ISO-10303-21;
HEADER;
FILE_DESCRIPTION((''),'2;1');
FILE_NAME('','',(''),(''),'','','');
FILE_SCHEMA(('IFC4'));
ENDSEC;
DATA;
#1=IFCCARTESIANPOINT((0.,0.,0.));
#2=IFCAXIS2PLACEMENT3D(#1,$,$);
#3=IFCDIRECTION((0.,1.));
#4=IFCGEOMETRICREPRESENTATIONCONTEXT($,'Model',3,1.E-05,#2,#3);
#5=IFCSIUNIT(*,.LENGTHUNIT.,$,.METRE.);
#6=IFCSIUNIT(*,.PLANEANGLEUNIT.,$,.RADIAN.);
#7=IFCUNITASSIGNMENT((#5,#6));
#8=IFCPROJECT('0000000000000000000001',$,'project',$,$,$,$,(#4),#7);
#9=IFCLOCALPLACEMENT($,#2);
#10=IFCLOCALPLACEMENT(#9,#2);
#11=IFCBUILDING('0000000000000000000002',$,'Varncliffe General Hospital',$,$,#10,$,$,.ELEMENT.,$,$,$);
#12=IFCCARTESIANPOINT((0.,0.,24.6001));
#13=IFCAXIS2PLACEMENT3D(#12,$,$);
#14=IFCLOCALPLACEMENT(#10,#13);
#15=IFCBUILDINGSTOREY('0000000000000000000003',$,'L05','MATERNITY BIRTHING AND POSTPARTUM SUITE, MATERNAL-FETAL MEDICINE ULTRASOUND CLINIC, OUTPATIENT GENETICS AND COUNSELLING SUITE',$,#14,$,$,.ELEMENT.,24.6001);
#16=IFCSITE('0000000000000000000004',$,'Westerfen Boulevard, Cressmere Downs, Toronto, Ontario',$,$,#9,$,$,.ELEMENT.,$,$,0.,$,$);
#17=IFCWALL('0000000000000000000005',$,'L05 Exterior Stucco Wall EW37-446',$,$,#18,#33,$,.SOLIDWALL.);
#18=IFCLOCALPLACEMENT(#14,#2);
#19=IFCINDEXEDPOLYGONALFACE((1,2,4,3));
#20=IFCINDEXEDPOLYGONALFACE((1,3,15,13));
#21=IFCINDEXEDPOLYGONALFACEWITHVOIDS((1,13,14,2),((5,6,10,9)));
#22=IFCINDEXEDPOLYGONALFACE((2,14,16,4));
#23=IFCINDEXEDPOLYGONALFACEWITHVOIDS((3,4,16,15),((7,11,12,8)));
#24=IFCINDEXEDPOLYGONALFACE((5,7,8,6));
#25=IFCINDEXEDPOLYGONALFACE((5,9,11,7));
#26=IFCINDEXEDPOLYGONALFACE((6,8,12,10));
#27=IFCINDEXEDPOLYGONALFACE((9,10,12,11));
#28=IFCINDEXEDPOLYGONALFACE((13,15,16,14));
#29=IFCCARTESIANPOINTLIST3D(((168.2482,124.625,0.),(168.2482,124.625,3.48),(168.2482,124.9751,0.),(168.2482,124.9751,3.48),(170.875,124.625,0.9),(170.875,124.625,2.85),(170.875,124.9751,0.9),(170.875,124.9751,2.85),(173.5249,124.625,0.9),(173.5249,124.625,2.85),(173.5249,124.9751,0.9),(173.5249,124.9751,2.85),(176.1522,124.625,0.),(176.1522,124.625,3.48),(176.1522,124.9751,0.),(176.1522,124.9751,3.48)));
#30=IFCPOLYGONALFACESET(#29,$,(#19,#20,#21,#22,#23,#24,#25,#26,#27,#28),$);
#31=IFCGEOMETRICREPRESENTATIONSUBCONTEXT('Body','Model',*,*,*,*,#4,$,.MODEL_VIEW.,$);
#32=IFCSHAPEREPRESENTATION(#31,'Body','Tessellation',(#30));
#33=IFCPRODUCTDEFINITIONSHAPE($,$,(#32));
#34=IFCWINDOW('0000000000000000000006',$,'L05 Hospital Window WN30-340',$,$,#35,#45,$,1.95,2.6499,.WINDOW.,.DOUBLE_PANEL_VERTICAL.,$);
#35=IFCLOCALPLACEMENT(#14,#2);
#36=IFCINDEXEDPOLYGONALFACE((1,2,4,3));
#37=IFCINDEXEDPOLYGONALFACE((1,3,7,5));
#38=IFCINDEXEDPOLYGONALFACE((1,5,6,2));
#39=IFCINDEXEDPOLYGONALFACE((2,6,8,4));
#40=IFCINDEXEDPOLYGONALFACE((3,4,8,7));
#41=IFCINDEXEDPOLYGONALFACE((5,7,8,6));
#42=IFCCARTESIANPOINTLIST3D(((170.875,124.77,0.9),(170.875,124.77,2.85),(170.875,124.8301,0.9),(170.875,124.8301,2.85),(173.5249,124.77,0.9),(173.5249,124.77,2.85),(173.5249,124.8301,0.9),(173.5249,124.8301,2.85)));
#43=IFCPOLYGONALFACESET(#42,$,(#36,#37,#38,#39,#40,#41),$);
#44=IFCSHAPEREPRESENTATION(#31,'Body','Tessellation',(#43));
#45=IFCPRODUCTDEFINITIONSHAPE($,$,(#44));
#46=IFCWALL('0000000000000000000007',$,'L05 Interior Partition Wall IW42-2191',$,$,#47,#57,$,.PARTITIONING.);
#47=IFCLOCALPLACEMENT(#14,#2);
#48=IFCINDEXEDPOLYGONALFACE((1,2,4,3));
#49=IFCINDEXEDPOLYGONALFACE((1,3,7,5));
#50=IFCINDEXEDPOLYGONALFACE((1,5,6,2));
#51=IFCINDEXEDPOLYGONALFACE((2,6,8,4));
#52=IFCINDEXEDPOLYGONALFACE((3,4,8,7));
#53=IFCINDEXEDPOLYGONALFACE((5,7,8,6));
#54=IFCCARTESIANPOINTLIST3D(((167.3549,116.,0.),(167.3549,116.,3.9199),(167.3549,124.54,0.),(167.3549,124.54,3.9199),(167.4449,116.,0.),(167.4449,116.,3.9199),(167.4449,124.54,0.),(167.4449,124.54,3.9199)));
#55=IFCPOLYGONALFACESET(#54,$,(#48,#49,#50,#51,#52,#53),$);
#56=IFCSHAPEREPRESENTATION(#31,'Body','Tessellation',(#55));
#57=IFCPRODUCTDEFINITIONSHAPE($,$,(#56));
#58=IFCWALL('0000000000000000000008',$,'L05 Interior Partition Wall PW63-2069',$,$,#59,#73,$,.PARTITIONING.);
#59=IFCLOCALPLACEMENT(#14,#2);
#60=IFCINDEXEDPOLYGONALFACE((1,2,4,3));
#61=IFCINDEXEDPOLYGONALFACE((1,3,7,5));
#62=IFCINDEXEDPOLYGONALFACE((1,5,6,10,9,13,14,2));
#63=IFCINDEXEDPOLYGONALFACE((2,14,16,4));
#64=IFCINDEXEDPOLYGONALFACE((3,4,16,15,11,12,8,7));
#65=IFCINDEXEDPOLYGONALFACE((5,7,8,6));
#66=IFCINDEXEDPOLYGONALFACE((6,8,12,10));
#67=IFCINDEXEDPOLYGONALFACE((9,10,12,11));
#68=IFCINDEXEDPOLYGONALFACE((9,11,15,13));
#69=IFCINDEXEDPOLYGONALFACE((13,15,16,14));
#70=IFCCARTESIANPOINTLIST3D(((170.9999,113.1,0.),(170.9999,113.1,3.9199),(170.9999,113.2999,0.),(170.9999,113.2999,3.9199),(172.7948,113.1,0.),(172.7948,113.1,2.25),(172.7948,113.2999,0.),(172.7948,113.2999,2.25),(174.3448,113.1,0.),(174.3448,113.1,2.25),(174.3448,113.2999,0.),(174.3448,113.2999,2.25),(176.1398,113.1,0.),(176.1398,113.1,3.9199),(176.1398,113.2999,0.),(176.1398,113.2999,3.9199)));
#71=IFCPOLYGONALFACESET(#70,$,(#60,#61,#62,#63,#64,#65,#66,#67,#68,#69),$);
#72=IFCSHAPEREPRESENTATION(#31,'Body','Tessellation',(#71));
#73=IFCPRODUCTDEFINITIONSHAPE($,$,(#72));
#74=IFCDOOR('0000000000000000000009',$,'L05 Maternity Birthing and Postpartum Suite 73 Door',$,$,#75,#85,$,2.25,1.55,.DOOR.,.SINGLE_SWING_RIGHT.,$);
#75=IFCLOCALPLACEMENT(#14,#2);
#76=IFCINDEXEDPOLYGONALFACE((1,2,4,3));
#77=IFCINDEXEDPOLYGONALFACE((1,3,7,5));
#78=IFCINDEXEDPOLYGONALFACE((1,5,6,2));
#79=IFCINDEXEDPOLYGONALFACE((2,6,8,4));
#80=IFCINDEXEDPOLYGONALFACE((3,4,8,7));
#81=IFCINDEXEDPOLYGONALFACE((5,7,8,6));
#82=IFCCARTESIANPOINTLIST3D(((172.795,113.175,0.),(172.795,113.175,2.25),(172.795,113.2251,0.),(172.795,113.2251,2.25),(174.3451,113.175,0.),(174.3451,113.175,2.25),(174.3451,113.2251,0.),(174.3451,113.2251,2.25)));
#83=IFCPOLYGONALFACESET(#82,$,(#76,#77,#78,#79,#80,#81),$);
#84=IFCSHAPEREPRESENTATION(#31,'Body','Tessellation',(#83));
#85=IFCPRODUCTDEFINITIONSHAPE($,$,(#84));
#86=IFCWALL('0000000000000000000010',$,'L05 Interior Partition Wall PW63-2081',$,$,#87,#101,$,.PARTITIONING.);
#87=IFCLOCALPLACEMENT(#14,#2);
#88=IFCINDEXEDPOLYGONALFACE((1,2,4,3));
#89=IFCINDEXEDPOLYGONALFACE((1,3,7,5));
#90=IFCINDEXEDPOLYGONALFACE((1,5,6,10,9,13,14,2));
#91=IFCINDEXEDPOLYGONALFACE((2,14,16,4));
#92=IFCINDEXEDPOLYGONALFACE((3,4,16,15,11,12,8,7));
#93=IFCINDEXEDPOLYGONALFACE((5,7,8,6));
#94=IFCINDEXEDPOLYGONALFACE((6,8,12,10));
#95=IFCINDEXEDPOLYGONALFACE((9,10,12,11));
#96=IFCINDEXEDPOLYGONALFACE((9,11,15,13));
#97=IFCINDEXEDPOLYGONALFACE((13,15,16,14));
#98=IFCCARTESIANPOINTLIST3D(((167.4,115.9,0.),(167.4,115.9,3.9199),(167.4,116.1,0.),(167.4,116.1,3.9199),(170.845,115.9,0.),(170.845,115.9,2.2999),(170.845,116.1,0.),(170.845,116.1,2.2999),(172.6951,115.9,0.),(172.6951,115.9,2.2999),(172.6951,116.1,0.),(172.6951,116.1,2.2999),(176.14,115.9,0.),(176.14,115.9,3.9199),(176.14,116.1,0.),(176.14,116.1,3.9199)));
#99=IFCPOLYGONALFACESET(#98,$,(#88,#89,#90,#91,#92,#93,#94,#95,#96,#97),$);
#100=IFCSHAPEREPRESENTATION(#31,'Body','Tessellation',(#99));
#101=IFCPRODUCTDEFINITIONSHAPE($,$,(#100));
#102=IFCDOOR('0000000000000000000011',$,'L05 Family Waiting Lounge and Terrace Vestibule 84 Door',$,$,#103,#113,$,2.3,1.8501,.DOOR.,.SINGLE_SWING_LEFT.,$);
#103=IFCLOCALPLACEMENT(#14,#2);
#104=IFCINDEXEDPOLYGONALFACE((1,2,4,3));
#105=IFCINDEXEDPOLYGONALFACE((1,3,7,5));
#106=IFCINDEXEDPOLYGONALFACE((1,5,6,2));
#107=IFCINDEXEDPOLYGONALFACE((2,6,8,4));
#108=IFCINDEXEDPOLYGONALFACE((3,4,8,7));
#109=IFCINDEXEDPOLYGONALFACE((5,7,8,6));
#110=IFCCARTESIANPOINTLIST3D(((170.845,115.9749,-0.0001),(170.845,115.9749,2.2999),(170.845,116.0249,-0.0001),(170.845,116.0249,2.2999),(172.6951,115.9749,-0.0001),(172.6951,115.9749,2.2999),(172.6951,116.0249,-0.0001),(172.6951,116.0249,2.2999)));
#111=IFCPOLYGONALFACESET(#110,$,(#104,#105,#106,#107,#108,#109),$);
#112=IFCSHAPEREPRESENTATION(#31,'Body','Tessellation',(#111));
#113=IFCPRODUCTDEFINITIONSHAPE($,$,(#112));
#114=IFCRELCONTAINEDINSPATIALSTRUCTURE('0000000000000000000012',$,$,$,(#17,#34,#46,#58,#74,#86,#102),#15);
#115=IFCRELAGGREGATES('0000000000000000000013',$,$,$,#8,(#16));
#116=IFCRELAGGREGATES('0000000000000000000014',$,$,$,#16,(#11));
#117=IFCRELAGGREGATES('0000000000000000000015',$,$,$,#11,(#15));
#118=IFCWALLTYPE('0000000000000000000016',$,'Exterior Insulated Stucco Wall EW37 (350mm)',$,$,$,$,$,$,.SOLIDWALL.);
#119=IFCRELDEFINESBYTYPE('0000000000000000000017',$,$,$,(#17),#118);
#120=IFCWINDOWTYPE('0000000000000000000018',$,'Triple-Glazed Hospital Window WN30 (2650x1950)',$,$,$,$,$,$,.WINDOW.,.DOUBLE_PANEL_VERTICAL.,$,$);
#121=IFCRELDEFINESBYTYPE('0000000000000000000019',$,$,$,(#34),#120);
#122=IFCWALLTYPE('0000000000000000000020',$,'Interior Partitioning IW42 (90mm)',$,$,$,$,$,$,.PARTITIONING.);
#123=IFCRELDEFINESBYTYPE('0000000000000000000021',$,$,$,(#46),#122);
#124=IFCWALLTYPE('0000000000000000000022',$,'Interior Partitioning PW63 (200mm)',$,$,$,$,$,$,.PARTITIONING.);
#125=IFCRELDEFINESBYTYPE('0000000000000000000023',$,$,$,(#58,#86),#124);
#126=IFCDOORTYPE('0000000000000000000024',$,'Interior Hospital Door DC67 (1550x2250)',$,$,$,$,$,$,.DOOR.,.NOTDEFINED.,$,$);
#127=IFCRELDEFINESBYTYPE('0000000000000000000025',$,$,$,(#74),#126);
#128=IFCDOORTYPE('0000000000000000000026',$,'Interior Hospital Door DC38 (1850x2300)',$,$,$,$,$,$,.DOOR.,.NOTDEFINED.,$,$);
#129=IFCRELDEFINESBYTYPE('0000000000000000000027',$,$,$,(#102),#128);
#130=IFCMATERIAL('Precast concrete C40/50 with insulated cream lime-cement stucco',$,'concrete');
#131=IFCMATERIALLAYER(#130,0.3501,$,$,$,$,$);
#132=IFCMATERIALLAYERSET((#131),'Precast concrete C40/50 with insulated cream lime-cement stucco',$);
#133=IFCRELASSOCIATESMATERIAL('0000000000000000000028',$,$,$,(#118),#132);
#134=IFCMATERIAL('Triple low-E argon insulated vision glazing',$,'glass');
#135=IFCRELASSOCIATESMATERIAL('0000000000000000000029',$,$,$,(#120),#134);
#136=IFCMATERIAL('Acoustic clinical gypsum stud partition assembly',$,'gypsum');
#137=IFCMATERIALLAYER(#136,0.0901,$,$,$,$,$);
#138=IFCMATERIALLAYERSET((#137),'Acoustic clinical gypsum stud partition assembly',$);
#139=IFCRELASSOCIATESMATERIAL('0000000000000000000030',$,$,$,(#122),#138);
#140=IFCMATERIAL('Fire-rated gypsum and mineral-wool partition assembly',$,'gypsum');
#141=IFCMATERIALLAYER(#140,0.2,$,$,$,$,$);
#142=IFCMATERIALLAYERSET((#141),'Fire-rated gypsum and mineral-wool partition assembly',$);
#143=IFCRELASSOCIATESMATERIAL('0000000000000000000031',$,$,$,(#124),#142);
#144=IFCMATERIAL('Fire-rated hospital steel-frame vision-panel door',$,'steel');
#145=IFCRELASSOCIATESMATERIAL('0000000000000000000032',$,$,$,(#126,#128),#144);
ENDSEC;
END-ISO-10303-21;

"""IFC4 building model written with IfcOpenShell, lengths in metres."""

from ifc_helpers import new_model, si_unit, direction, frame, frame_2d, origin, place, context, subcontext, project, spatial, rectangle, extrude, material, layer, layer_set, type_object, element, fill, save


model = new_model("IFC4")

# Units and contexts
model_context = context("Model", 3, precision=1e-05, world=origin(), true_north=direction((0.0, 1.0)))
body_context = subcontext(model_context, "Body", "Model", "MODEL_VIEW")
ifc_project = project(units=[si_unit("LENGTHUNIT", "METRE"), si_unit("PLANEANGLEUNIT", "RADIAN")], contexts=[model_context])

# Site, building, storey
site_placement = place(None, origin())
site = spatial("IfcSite", under=ifc_project, at=site_placement, Name="Westerfen Boulevard, Cressmere Downs, Toronto, Ontario", CompositionType="ELEMENT", RefElevation=0.0)
building_placement = place(site_placement, origin())
building = spatial("IfcBuilding", under=site, at=building_placement, Name="Varncliffe General Hospital", CompositionType="ELEMENT")
storey_placement = place(building_placement, frame((0.0, 0.0, 24.6001)))
storey = spatial("IfcBuildingStorey", under=building, at=storey_placement, Name="L05", Description="MATERNITY BIRTHING AND POSTPARTUM SUITE, MATERNAL-FETAL MEDICINE ULTRASOUND CLINIC, OUTPATIENT GENETICS AND COUNSELLING SUITE", CompositionType="ELEMENT", Elevation=24.6001)

# Wall, opening, window
ifc_material_1 = material(Name="Precast concrete C40/50 with insulated cream lime-cement stucco", Category="concrete")
ifc_material_2 = material(Name="Triple low-E argon insulated vision glazing", Category="glass")
ifc_layer_1 = layer(ifc_material_1, 0.3501)
ifc_layer_set_1 = layer_set([ifc_layer_1], Name="Precast concrete C40/50 with insulated cream lime-cement stucco")
wall_type_1 = type_object("IfcWallType", Name="Exterior Insulated Stucco Wall EW37 (350mm)", PredefinedType="SOLIDWALL", material=ifc_layer_set_1)
wall_1_placement = place(storey_placement, frame((168.248, 124.8, 0.0), z_axis=(0.0, 0.0, 1.0), x_axis=(1.0, 0.0, 0.0)))
wall_1 = element("IfcWall", 1, at=wall_1_placement, inside=storey, type_object=wall_type_1, Name="L05 Exterior Stucco Wall EW37-446", PredefinedType="SOLIDWALL", context=body_context, shape_type="SweptSolid", body=[
    extrude(rectangle(XDim=7.9041, YDim=0.3501, at=frame_2d((3.9521, 0.0))), origin(), (0.0, 0.0, 1.0), 3.48),
])
opening_1_placement = place(wall_1_placement, frame((2.627, 0.0, 0.8999)))
opening_1 = element("IfcOpeningElement", 2, at=opening_1_placement, cuts=wall_1, PredefinedType="OPENING", context=body_context, shape_type="SweptSolid", body=[
    extrude(rectangle(XDim=2.6499, YDim=1.95, at=frame_2d((1.325, 0.9751))), frame((0.0, 0.1851, 0.0), z_axis=(0.0, -1.0, 0.0), x_axis=(1.0, 0.0, 0.0)), (0.0, 0.0, 1.0), 0.3701),
])
window_type_1 = type_object("IfcWindowType", Name="Triple-Glazed Hospital Window WN30 (2650x1950)", PartitioningType="DOUBLE_PANEL_VERTICAL", PredefinedType="WINDOW", material=ifc_material_2)
window_1_placement = place(opening_1_placement, origin())
window_1 = element("IfcWindow", 3, at=window_1_placement, inside=storey, type_object=window_type_1, Name="L05 Hospital Window WN30-340", OverallHeight=1.95, OverallWidth=2.6499, PartitioningType="DOUBLE_PANEL_VERTICAL", PredefinedType="WINDOW", context=body_context, shape_type="SweptSolid", body=[
    extrude(rectangle(XDim=2.6499, YDim=1.95, at=frame_2d((1.325, 0.9751))), frame((0.0, 0.03, 0.0), z_axis=(0.0, -1.0, 0.0), x_axis=(1.0, 0.0, 0.0)), (0.0, 0.0, 1.0), 0.0601),
])
fill(opening_1, window_1)

# Wall
ifc_material_3 = material(Name="Acoustic clinical gypsum stud partition assembly", Category="gypsum")
ifc_layer_2 = layer(ifc_material_3, 0.0901)
ifc_layer_set_2 = layer_set([ifc_layer_2], Name="Acoustic clinical gypsum stud partition assembly")
wall_type_2 = type_object("IfcWallType", Name="Interior Partitioning IW42 (90mm)", PredefinedType="PARTITIONING", material=ifc_layer_set_2)
wall_2_placement = place(storey_placement, frame((167.3999, 116.0, 0.0), z_axis=(0.0, 0.0, 1.0), x_axis=(0.0, 1.0, 0.0)))
element("IfcWall", 4, at=wall_2_placement, inside=storey, type_object=wall_type_2, Name="L05 Interior Partition Wall IW42-2191", PredefinedType="PARTITIONING", context=body_context, shape_type="SweptSolid", body=[
    extrude(rectangle(XDim=8.54, YDim=0.0901, at=frame_2d((4.27, 0.0))), origin(), (0.0, 0.0, 1.0), 3.9199),
])

# Walls, openings, doors
ifc_material_4 = material(Name="Fire-rated gypsum and mineral-wool partition assembly", Category="gypsum")
ifc_layer_3 = layer(ifc_material_4, 0.2)
ifc_layer_set_3 = layer_set([ifc_layer_3], Name="Fire-rated gypsum and mineral-wool partition assembly")
wall_type_3 = type_object("IfcWallType", Name="Interior Partitioning PW63 (200mm)", PredefinedType="PARTITIONING", material=ifc_layer_set_3)
wall_3_placement = place(storey_placement, frame((171.0, 113.2, 0.0), z_axis=(0.0, 0.0, 1.0), x_axis=(1.0, 0.0, 0.0)))
wall_3 = element("IfcWall", 5, at=wall_3_placement, inside=storey, type_object=wall_type_3, Name="L05 Interior Partition Wall PW63-2069", PredefinedType="PARTITIONING", context=body_context, shape_type="SweptSolid", body=[
    extrude(rectangle(XDim=5.1399, YDim=0.2, at=frame_2d((2.5698, 0.0))), origin(), (0.0, 0.0, 1.0), 3.9199),
])
opening_2_placement = place(wall_3_placement, frame((1.7949, 0.0, 0.0)))
opening_2 = element("IfcOpeningElement", 6, at=opening_2_placement, cuts=wall_3, PredefinedType="OPENING", context=body_context, shape_type="SweptSolid", body=[
    extrude(rectangle(XDim=1.55, YDim=2.25, at=frame_2d((0.7749, 1.125))), frame((0.0, 0.1099, 0.0), z_axis=(0.0, -1.0, 0.0), x_axis=(1.0, 0.0, 0.0)), (0.0, 0.0, 1.0), 0.22),
])
ifc_material_5 = material(Name="Fire-rated hospital steel-frame vision-panel door", Category="steel")
door_type_1 = type_object("IfcDoorType", Name="Interior Hospital Door DC67 (1550x2250)", OperationType="NOTDEFINED", PredefinedType="DOOR", material=ifc_material_5)
door_1_placement = place(opening_2_placement, frame((1.55, 0.0, 0.0), z_axis=(0.0, 0.0, 1.0), x_axis=(-1.0, 0.0, 0.0)))
door_1 = element("IfcDoor", 7, at=door_1_placement, inside=storey, type_object=door_type_1, Name="L05 Maternity Birthing and Postpartum Suite 73 Door", OperationType="SINGLE_SWING_RIGHT", OverallHeight=2.25, OverallWidth=1.55, PredefinedType="DOOR", context=body_context, shape_type="SweptSolid", body=[
    extrude(rectangle(XDim=1.55, YDim=2.25, at=frame_2d((0.7749, 1.125))), frame((0.0, 0.0249, 0.0), z_axis=(0.0, -1.0, 0.0), x_axis=(1.0, 0.0, 0.0)), (0.0, 0.0, 1.0), 0.05),
])
fill(opening_2, door_1)
wall_4_placement = place(storey_placement, frame((167.3999, 116.0, 0.0), z_axis=(0.0, 0.0, 1.0), x_axis=(1.0, 0.0, 0.0)))
wall_4 = element("IfcWall", 8, at=wall_4_placement, inside=storey, type_object=wall_type_3, Name="L05 Interior Partition Wall PW63-2081", PredefinedType="PARTITIONING", context=body_context, shape_type="SweptSolid", body=[
    extrude(rectangle(XDim=8.74, YDim=0.2, at=frame_2d((4.3701, 0.0))), origin(), (0.0, 0.0, 1.0), 3.9199),
])
opening_3_placement = place(wall_4_placement, frame((3.4451, 0.0, 0.0)))
opening_3 = element("IfcOpeningElement", 9, at=opening_3_placement, cuts=wall_4, PredefinedType="OPENING", context=body_context, shape_type="SweptSolid", body=[
    extrude(rectangle(XDim=1.8501, YDim=2.3, at=frame_2d((0.925, 1.1499))), frame((0.0, 0.1099, 0.0), z_axis=(0.0, -1.0, 0.0), x_axis=(1.0, 0.0, 0.0)), (0.0, 0.0, 1.0), 0.22),
])
door_type_2 = type_object("IfcDoorType", Name="Interior Hospital Door DC38 (1850x2300)", OperationType="NOTDEFINED", PredefinedType="DOOR", material=ifc_material_5)
door_2_placement = place(opening_3_placement, origin())
door_2 = element("IfcDoor", 10, at=door_2_placement, inside=storey, type_object=door_type_2, Name="L05 Family Waiting Lounge and Terrace Vestibule 84 Door", OperationType="SINGLE_SWING_LEFT", OverallHeight=2.3, OverallWidth=1.8501, PredefinedType="DOOR", context=body_context, shape_type="SweptSolid", body=[
    extrude(rectangle(XDim=1.8501, YDim=2.3, at=frame_2d((0.925, 1.1499))), frame((0.0, 0.0249, 0.0), z_axis=(0.0, -1.0, 0.0), x_axis=(1.0, 0.0, 0.0)), (0.0, 0.0, 1.0), 0.05),
])
fill(opening_3, door_2)

save(model, "model.ifc")
